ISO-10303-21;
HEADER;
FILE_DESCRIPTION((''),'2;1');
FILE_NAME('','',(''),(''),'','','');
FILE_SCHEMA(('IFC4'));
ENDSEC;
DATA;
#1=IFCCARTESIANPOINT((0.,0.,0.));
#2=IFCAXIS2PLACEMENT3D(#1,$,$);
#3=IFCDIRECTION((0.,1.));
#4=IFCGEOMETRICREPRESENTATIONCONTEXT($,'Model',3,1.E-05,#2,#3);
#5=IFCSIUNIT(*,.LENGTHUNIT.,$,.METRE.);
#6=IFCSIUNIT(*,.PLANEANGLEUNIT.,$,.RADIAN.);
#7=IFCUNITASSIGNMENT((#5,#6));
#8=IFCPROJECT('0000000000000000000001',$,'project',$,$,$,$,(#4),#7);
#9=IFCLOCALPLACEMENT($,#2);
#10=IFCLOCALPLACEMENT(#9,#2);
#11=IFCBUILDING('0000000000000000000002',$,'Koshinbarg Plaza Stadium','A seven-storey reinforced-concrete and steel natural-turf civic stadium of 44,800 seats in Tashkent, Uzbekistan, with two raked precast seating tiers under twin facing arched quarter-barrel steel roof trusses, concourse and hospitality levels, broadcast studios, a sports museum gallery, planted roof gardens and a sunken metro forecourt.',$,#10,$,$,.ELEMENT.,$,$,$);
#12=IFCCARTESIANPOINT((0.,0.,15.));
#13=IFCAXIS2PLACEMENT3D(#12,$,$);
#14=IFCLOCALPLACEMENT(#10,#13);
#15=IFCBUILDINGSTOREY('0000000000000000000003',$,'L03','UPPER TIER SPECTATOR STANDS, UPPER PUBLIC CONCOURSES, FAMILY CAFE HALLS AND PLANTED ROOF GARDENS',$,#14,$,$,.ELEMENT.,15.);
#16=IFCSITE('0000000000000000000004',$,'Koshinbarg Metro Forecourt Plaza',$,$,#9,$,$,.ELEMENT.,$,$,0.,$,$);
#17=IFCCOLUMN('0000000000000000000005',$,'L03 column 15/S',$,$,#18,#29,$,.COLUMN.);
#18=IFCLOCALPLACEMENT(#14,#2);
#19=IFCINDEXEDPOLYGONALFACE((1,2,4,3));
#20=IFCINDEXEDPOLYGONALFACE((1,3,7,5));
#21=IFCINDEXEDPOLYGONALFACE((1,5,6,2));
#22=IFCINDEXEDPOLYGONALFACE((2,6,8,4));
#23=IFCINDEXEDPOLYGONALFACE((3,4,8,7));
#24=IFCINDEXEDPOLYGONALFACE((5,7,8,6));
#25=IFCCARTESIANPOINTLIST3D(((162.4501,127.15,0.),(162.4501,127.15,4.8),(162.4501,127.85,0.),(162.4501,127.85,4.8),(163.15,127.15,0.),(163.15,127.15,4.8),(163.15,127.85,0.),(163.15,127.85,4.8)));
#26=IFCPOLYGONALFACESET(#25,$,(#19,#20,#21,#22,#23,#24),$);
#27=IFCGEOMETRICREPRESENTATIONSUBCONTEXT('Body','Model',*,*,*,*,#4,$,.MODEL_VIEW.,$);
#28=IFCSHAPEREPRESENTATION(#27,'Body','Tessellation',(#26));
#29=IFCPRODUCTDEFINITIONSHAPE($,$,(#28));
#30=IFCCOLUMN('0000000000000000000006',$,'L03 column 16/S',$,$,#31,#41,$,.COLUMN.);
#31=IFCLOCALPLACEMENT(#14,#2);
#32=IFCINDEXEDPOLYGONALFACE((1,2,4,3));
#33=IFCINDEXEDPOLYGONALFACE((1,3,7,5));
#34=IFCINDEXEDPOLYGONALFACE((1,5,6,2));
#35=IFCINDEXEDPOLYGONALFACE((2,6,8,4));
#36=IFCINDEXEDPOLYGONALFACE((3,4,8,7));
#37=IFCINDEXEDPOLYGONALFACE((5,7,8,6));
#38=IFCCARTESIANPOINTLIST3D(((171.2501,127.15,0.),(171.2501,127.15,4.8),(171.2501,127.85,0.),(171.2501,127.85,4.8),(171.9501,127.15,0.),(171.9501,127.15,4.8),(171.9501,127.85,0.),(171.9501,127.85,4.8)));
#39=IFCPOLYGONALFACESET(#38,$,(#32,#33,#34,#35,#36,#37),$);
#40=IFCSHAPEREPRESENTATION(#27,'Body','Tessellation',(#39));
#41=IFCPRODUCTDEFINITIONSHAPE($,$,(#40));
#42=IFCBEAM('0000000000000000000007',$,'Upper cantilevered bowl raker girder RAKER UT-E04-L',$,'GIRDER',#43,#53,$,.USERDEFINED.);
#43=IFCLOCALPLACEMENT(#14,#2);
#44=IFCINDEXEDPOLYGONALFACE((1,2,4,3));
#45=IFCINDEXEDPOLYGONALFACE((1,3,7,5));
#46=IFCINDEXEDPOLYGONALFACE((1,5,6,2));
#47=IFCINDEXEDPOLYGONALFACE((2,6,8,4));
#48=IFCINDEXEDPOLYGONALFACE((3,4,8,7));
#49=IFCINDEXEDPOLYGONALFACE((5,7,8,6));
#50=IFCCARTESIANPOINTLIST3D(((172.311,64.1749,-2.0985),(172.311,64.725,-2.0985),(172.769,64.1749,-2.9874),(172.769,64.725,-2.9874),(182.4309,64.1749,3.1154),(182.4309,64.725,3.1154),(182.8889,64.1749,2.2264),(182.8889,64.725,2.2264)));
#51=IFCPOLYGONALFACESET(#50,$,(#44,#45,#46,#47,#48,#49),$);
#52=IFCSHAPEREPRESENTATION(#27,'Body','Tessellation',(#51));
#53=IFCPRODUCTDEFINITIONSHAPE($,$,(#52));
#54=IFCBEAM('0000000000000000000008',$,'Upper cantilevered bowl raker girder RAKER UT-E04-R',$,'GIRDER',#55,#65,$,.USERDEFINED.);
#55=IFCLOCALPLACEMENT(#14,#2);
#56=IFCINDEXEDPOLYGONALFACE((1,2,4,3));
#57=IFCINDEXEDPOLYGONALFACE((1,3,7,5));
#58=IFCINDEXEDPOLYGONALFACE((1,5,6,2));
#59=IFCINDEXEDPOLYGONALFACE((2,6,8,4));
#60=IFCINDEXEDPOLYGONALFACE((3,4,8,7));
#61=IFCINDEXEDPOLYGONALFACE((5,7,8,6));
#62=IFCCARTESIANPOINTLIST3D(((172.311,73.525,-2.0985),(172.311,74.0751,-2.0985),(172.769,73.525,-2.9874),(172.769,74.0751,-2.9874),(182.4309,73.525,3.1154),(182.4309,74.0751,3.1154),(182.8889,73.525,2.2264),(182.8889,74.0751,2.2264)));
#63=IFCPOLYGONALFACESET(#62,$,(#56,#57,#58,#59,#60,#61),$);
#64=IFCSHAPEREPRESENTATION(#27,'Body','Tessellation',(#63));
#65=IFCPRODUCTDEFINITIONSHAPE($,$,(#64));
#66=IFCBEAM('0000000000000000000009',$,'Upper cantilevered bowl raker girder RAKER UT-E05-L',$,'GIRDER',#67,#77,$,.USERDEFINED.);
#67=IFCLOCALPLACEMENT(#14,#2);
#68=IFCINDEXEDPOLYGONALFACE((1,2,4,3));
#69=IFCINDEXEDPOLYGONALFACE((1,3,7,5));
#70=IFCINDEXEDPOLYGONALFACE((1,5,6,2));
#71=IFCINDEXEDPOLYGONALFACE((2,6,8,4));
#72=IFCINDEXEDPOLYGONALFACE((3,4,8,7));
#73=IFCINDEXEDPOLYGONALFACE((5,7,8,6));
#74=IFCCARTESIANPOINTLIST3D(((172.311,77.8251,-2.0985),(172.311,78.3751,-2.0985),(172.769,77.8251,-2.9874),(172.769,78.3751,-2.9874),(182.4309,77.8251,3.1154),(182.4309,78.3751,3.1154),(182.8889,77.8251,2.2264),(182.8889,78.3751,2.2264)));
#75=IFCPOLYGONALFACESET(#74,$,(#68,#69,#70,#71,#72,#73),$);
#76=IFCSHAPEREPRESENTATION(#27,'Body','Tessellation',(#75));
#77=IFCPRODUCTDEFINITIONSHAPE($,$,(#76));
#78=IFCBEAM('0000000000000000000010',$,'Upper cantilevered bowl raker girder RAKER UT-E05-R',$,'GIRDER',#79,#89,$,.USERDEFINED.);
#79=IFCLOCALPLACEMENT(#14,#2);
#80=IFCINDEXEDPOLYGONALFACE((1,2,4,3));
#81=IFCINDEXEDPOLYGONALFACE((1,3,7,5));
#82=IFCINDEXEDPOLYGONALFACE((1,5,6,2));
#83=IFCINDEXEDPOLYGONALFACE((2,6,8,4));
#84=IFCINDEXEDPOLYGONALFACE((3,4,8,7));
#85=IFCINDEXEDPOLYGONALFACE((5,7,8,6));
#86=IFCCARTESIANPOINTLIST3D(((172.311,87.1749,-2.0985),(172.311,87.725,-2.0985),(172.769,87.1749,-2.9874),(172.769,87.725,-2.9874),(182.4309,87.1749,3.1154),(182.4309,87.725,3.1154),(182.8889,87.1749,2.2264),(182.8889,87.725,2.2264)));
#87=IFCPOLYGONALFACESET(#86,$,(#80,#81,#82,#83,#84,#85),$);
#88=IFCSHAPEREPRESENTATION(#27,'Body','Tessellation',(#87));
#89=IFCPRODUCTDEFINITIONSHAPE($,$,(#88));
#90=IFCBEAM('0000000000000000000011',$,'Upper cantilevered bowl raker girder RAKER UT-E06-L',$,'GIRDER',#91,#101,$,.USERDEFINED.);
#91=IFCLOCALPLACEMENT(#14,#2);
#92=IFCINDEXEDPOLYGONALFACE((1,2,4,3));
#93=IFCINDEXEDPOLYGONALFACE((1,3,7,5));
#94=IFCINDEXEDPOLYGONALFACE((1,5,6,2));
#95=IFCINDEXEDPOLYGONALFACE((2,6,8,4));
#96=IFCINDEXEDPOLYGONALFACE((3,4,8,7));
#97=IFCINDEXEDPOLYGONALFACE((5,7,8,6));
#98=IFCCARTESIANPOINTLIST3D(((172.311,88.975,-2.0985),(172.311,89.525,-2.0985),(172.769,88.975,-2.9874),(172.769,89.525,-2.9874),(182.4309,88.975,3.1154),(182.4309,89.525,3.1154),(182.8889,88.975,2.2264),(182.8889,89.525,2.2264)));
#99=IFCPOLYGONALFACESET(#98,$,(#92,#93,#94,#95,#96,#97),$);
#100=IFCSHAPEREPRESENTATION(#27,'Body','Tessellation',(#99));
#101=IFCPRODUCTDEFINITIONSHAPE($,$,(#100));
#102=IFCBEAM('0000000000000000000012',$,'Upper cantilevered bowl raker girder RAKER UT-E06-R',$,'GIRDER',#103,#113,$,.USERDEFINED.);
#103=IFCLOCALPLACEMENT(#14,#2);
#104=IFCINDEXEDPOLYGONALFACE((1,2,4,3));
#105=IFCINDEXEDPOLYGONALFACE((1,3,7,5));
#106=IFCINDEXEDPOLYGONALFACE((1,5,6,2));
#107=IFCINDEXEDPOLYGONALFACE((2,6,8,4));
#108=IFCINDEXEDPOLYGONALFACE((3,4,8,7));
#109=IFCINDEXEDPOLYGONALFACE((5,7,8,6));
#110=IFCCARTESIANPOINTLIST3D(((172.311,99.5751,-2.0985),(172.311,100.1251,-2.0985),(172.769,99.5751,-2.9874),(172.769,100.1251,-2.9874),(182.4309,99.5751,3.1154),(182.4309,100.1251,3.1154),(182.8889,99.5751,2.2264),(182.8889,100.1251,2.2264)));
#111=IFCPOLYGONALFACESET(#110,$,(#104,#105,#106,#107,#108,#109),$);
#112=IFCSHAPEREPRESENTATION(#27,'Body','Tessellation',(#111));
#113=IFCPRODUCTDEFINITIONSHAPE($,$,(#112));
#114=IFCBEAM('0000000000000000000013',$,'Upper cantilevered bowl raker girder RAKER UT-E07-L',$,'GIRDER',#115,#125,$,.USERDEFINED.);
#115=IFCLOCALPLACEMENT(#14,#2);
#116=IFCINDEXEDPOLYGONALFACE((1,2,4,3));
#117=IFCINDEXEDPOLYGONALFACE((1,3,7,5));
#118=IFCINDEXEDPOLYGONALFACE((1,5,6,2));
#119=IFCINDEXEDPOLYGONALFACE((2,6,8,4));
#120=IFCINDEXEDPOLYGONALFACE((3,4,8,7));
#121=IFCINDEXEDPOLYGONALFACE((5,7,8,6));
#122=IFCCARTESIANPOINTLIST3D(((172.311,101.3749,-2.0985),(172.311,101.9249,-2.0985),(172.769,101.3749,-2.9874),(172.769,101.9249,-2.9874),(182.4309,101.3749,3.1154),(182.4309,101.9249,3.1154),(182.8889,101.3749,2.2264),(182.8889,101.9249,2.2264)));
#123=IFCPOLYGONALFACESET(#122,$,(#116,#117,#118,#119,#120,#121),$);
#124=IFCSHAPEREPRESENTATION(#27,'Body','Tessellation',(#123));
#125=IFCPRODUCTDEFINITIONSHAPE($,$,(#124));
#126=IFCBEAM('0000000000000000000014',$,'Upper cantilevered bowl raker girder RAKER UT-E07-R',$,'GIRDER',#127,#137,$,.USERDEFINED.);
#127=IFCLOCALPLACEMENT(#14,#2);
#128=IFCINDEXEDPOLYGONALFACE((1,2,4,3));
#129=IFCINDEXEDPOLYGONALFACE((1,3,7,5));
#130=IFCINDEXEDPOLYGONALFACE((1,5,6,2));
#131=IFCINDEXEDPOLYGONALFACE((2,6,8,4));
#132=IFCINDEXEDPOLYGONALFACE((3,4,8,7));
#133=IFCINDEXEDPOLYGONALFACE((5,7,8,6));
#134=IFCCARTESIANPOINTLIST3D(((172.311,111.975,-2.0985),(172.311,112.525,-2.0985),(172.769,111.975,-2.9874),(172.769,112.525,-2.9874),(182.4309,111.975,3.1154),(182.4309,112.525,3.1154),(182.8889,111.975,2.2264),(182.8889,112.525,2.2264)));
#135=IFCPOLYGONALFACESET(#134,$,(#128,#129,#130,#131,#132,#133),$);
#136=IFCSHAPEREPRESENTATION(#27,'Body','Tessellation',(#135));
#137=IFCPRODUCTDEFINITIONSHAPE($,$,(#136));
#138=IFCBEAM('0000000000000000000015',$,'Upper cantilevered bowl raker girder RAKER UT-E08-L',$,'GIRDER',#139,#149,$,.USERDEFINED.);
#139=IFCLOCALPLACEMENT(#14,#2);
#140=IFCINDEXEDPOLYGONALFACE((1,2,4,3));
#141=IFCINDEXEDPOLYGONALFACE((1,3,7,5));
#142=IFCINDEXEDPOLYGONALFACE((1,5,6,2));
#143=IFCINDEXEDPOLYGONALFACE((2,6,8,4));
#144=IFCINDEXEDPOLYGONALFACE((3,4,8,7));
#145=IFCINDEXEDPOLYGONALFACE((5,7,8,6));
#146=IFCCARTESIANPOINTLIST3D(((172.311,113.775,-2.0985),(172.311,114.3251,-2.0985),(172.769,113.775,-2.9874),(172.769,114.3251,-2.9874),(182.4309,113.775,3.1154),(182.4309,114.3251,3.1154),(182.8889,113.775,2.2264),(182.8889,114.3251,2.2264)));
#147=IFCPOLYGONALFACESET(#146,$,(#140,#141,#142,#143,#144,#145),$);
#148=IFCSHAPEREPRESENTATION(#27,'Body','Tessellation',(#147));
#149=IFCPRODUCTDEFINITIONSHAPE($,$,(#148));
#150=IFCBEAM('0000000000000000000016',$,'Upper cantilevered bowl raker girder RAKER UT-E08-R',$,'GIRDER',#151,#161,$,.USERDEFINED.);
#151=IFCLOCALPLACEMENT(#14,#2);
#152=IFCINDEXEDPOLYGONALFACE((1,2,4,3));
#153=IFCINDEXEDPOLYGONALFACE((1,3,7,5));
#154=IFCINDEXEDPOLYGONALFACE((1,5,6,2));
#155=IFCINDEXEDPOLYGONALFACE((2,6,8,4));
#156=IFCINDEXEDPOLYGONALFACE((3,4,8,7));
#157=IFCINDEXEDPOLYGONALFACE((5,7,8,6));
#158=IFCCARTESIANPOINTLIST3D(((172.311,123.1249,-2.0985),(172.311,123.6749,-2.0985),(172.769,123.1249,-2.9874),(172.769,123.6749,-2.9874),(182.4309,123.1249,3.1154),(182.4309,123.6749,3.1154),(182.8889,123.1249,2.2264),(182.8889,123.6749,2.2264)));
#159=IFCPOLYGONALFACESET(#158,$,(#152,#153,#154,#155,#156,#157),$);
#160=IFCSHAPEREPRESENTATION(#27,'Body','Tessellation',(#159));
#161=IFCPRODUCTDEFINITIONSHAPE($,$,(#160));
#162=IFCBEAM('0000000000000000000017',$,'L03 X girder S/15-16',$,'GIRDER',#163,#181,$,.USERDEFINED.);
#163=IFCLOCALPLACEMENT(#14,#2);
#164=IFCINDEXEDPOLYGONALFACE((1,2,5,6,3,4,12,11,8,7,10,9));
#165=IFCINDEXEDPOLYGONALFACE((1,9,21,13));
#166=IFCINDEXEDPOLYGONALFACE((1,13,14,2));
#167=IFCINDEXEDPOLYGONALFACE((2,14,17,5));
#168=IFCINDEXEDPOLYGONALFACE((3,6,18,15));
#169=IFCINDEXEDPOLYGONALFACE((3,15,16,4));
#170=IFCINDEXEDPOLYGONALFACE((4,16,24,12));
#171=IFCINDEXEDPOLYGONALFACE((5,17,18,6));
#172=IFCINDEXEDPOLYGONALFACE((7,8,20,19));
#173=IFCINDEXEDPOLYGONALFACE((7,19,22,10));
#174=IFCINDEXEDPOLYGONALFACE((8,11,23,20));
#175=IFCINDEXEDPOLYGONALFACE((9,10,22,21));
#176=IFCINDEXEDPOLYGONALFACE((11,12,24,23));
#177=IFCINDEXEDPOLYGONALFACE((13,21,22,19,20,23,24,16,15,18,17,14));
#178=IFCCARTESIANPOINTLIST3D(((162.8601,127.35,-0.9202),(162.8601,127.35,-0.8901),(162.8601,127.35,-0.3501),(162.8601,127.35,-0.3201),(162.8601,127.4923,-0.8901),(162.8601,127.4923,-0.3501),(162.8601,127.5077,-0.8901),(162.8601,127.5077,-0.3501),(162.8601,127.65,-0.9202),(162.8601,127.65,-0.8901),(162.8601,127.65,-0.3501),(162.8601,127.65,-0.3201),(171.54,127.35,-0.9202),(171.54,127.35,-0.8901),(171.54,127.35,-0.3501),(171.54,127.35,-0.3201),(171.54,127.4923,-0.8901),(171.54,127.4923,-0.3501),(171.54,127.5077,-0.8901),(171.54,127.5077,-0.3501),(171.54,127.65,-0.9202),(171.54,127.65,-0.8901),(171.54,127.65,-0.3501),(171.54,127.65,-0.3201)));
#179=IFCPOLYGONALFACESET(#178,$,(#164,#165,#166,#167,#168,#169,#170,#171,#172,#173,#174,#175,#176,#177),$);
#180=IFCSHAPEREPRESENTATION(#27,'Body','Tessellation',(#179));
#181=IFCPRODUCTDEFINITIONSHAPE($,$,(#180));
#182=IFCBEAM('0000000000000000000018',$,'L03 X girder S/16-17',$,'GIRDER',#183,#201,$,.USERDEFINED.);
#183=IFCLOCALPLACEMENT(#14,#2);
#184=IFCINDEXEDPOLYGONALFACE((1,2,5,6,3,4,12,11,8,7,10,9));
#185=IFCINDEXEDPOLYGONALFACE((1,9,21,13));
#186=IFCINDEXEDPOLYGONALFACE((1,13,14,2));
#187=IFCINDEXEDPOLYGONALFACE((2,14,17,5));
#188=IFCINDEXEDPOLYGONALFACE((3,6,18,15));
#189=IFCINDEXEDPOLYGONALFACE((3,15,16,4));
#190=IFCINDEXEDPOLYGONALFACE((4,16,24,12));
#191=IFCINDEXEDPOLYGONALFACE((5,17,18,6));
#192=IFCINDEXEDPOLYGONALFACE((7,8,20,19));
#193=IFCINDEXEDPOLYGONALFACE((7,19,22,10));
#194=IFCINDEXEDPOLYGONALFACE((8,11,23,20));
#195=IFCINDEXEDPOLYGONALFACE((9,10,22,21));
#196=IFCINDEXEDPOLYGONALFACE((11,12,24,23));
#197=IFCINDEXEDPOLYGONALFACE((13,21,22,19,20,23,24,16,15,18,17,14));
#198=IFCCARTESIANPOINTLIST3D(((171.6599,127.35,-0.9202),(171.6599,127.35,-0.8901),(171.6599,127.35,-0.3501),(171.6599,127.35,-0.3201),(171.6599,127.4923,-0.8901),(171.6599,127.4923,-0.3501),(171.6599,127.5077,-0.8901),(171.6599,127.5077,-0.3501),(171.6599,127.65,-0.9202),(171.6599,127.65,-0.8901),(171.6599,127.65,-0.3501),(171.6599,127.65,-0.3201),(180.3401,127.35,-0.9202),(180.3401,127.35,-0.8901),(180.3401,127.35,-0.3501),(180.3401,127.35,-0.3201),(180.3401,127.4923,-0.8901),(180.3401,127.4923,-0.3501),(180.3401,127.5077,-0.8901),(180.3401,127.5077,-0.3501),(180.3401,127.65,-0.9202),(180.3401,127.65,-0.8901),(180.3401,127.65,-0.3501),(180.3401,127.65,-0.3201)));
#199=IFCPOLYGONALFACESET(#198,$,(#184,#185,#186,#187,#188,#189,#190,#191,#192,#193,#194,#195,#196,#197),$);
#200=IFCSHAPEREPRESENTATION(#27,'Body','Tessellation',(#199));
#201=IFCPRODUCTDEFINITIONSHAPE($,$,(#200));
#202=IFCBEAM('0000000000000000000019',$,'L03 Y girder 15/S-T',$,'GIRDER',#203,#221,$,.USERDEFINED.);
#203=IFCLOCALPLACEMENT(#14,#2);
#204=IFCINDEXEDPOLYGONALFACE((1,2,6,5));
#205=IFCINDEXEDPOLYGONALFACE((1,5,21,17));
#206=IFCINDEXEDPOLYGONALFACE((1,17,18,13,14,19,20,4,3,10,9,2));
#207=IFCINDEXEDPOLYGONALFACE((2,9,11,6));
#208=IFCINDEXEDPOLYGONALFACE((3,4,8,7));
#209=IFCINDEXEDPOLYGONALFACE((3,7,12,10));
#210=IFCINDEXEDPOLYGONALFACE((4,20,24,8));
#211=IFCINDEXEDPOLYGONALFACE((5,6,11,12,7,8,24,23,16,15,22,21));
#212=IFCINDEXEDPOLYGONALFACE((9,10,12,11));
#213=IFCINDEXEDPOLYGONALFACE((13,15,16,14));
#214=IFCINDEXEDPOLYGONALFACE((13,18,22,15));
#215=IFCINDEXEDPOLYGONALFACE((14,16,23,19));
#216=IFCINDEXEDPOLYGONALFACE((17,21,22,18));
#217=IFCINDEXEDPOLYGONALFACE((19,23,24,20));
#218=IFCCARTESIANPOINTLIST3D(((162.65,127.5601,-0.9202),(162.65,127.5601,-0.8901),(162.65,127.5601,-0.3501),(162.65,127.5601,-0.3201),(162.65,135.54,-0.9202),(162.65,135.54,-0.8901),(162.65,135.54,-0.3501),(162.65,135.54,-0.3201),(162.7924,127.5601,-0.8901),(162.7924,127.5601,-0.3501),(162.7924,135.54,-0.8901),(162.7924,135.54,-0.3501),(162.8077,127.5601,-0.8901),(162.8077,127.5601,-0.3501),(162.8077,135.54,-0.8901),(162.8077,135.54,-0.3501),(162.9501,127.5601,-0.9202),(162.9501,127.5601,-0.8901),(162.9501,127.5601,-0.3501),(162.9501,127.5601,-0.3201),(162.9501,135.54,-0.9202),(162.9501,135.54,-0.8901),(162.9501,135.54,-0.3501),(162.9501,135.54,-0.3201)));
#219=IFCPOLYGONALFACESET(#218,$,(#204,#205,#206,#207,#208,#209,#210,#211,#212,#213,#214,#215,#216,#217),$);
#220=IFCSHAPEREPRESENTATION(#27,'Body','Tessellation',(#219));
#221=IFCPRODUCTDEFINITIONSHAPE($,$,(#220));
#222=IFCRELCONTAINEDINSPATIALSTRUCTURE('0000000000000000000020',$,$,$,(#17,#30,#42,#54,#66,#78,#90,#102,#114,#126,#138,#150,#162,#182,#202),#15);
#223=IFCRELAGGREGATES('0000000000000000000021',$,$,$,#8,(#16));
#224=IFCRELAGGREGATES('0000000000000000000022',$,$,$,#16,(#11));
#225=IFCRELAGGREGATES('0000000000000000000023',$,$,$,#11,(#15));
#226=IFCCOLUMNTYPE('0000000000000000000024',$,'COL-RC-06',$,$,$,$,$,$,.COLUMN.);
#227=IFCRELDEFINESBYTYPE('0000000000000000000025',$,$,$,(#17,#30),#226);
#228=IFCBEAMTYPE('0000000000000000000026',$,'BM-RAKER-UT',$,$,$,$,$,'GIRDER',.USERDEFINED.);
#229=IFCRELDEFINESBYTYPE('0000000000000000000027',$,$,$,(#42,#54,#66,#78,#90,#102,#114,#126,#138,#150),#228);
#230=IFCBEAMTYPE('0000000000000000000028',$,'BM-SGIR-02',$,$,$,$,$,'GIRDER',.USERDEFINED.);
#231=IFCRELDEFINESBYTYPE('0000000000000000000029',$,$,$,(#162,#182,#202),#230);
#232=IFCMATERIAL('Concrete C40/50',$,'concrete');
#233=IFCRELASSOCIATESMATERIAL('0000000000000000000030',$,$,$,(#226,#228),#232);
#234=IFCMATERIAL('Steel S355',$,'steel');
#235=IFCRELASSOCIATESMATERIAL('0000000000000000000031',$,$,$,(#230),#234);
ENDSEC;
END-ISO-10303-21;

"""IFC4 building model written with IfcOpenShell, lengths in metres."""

from ifc_helpers import new_model, si_unit, direction, frame, origin, origin_2d, place, context, subcontext, project, spatial, rectangle, i_section, extrude, material, material_profile, profile_set, type_object, element, save


model = new_model("IFC4")

# Units and contexts
model_context = context("Model", 3, precision=1e-05, world=origin(), true_north=direction((0.0, 1.0)))
body_context = subcontext(model_context, "Body", "Model", "MODEL_VIEW")
ifc_project = project(units=[si_unit("LENGTHUNIT", "METRE"), si_unit("PLANEANGLEUNIT", "RADIAN")], contexts=[model_context])

# Site, building, storey
site_placement = place(None, origin())
site = spatial("IfcSite", under=ifc_project, at=site_placement, Name="Koshinbarg Metro Forecourt Plaza", CompositionType="ELEMENT", RefElevation=0.0)
building_placement = place(site_placement, origin())
building = spatial("IfcBuilding", under=site, at=building_placement, Name="Koshinbarg Plaza Stadium", Description="A seven-storey reinforced-concrete and steel natural-turf civic stadium of 44,800 seats in Tashkent, Uzbekistan, with two raked precast seating tiers under twin facing arched quarter-barrel steel roof trusses, concourse and hospitality levels, broadcast studios, a sports museum gallery, planted roof gardens and a sunken metro forecourt.", CompositionType="ELEMENT")
storey_placement = place(building_placement, frame((0.0, 0.0, 15.0)))
storey = spatial("IfcBuildingStorey", under=building, at=storey_placement, Name="L03", Description="UPPER TIER SPECTATOR STANDS, UPPER PUBLIC CONCOURSES, FAMILY CAFE HALLS AND PLANTED ROOF GARDENS", CompositionType="ELEMENT", Elevation=15.0)

# Columns
ifc_material_1 = material(Name="Concrete C40/50", Category="concrete")
ifc_material_profile_1 = material_profile(ifc_material_1, rectangle(XDim=0.7, YDim=0.7, at=origin_2d()), Name="RC 700x700")
ifc_profile_set_1 = profile_set([ifc_material_profile_1], Name="Concrete C40/50")
column_type = type_object("IfcColumnType", Name="COL-RC-06", PredefinedType="COLUMN", material=ifc_profile_set_1)
for number, where, z_axis, x_axis, name in (
    (1, (162.8, 127.5, 0.0), (0.0, 0.0, 1.0), (1.0, 0.0, 0.0), "L03 column 15/S"),
    (2, (171.6001, 127.5, 0.0), (0.0, 0.0, 1.0), (1.0, 0.0, 0.0), "L03 column 16/S"),
):
    element("IfcColumn", number, at=place(storey_placement, frame(where, z_axis=z_axis, x_axis=x_axis)), inside=storey, type_object=column_type, Name=name, PredefinedType="COLUMN", context=body_context, shape_type="SweptSolid", body=[
        extrude(rectangle(XDim=0.7, YDim=0.7, at=origin_2d()), origin(), (0.0, 0.0, 1.0), 4.8),
    ])

# Beams
ifc_material_profile_2 = material_profile(ifc_material_1, rectangle(XDim=0.55, YDim=1.0, at=origin_2d()), Name="RC 550x1000")
ifc_profile_set_2 = profile_set([ifc_material_profile_2], Name="Concrete C40/50")
beam_type_1 = type_object("IfcBeamType", Name="BM-RAKER-UT", ElementType="GIRDER", PredefinedType="USERDEFINED", material=ifc_profile_set_2)
for number, where, z_axis, x_axis, name in (
    (3, (172.54, 64.45, -2.543), (0.888953, 0.0, 0.457998), (0.0, 1.0, 0.0), "Upper cantilevered bowl raker girder RAKER UT-E04-L"),
    (4, (172.54, 73.8, -2.543), (0.888953, 0.0, 0.457998), (0.0, 1.0, 0.0), "Upper cantilevered bowl raker girder RAKER UT-E04-R"),
    (5, (172.54, 78.1001, -2.543), (0.888953, 0.0, 0.457998), (0.0, 1.0, 0.0), "Upper cantilevered bowl raker girder RAKER UT-E05-L"),
    (6, (172.54, 87.45, -2.543), (0.888953, 0.0, 0.457998), (0.0, 1.0, 0.0), "Upper cantilevered bowl raker girder RAKER UT-E05-R"),
    (7, (172.54, 89.25, -2.543), (0.888953, 0.0, 0.457998), (0.0, 1.0, 0.0), "Upper cantilevered bowl raker girder RAKER UT-E06-L"),
    (8, (172.54, 99.8501, -2.543), (0.888953, 0.0, 0.457998), (0.0, 1.0, 0.0), "Upper cantilevered bowl raker girder RAKER UT-E06-R"),
    (9, (172.54, 101.6499, -2.543), (0.888953, 0.0, 0.457998), (0.0, 1.0, 0.0), "Upper cantilevered bowl raker girder RAKER UT-E07-L"),
    (10, (172.54, 112.25, -2.543), (0.888953, 0.0, 0.457998), (0.0, 1.0, 0.0), "Upper cantilevered bowl raker girder RAKER UT-E07-R"),
    (11, (172.54, 114.05, -2.543), (0.888953, 0.0, 0.457998), (0.0, 1.0, 0.0), "Upper cantilevered bowl raker girder RAKER UT-E08-L"),
    (12, (172.54, 123.3999, -2.543), (0.888953, 0.0, 0.457998), (0.0, 1.0, 0.0), "Upper cantilevered bowl raker girder RAKER UT-E08-R"),
):
    element("IfcBeam", number, at=place(storey_placement, frame(where, z_axis=z_axis, x_axis=x_axis)), inside=storey, type_object=beam_type_1, Name=name, ObjectType="GIRDER", PredefinedType="USERDEFINED", context=body_context, shape_type="SweptSolid", body=[
        extrude(rectangle(XDim=0.55, YDim=1.0, at=origin_2d()), origin(), (0.0, 0.0, 1.0), 11.384),
    ])
ifc_material_2 = material(Name="Steel S355", Category="steel")
ifc_material_profile_3 = material_profile(ifc_material_2, i_section(OverallWidth=0.3, OverallDepth=0.6001, WebThickness=0.0154, FlangeThickness=0.03, at=origin_2d()), Name="HEB 600")
ifc_profile_set_3 = profile_set([ifc_material_profile_3], Name="Steel S355")
beam_type_2 = type_object("IfcBeamType", Name="BM-SGIR-02", ElementType="GIRDER", PredefinedType="USERDEFINED", material=ifc_profile_set_3)
beam_1_placement = place(storey_placement, frame((162.8601, 127.5, -0.6201), z_axis=(1.0, 0.0, 0.0), x_axis=(0.0, 1.0, 0.0)))
element("IfcBeam", 13, at=beam_1_placement, inside=storey, type_object=beam_type_2, Name="L03 X girder S/15-16", ObjectType="GIRDER", PredefinedType="USERDEFINED", context=body_context, shape_type="SweptSolid", body=[
    extrude(i_section(OverallWidth=0.3, OverallDepth=0.6001, WebThickness=0.0154, FlangeThickness=0.03, at=origin_2d()), origin(), (0.0, 0.0, 1.0), 8.6799),
])
beam_2_placement = place(storey_placement, frame((171.6599, 127.5, -0.6201), z_axis=(1.0, 0.0, 0.0), x_axis=(0.0, 1.0, 0.0)))
element("IfcBeam", 14, at=beam_2_placement, inside=storey, type_object=beam_type_2, Name="L03 X girder S/16-17", ObjectType="GIRDER", PredefinedType="USERDEFINED", context=body_context, shape_type="SweptSolid", body=[
    extrude(i_section(OverallWidth=0.3, OverallDepth=0.6001, WebThickness=0.0154, FlangeThickness=0.03, at=origin_2d()), origin(), (0.0, 0.0, 1.0), 8.6802),
])
beam_3_placement = place(storey_placement, frame((162.8, 127.5601, -0.6201), z_axis=(0.0, 1.0, 0.0), x_axis=(-1.0, 0.0, 0.0)))
element("IfcBeam", 15, at=beam_3_placement, inside=storey, type_object=beam_type_2, Name="L03 Y girder 15/S-T", ObjectType="GIRDER", PredefinedType="USERDEFINED", context=body_context, shape_type="SweptSolid", body=[
    extrude(i_section(OverallWidth=0.3, OverallDepth=0.6001, WebThickness=0.0154, FlangeThickness=0.03, at=origin_2d()), origin(), (0.0, 0.0, 1.0), 7.98),
])

save(model, "model.ifc")
